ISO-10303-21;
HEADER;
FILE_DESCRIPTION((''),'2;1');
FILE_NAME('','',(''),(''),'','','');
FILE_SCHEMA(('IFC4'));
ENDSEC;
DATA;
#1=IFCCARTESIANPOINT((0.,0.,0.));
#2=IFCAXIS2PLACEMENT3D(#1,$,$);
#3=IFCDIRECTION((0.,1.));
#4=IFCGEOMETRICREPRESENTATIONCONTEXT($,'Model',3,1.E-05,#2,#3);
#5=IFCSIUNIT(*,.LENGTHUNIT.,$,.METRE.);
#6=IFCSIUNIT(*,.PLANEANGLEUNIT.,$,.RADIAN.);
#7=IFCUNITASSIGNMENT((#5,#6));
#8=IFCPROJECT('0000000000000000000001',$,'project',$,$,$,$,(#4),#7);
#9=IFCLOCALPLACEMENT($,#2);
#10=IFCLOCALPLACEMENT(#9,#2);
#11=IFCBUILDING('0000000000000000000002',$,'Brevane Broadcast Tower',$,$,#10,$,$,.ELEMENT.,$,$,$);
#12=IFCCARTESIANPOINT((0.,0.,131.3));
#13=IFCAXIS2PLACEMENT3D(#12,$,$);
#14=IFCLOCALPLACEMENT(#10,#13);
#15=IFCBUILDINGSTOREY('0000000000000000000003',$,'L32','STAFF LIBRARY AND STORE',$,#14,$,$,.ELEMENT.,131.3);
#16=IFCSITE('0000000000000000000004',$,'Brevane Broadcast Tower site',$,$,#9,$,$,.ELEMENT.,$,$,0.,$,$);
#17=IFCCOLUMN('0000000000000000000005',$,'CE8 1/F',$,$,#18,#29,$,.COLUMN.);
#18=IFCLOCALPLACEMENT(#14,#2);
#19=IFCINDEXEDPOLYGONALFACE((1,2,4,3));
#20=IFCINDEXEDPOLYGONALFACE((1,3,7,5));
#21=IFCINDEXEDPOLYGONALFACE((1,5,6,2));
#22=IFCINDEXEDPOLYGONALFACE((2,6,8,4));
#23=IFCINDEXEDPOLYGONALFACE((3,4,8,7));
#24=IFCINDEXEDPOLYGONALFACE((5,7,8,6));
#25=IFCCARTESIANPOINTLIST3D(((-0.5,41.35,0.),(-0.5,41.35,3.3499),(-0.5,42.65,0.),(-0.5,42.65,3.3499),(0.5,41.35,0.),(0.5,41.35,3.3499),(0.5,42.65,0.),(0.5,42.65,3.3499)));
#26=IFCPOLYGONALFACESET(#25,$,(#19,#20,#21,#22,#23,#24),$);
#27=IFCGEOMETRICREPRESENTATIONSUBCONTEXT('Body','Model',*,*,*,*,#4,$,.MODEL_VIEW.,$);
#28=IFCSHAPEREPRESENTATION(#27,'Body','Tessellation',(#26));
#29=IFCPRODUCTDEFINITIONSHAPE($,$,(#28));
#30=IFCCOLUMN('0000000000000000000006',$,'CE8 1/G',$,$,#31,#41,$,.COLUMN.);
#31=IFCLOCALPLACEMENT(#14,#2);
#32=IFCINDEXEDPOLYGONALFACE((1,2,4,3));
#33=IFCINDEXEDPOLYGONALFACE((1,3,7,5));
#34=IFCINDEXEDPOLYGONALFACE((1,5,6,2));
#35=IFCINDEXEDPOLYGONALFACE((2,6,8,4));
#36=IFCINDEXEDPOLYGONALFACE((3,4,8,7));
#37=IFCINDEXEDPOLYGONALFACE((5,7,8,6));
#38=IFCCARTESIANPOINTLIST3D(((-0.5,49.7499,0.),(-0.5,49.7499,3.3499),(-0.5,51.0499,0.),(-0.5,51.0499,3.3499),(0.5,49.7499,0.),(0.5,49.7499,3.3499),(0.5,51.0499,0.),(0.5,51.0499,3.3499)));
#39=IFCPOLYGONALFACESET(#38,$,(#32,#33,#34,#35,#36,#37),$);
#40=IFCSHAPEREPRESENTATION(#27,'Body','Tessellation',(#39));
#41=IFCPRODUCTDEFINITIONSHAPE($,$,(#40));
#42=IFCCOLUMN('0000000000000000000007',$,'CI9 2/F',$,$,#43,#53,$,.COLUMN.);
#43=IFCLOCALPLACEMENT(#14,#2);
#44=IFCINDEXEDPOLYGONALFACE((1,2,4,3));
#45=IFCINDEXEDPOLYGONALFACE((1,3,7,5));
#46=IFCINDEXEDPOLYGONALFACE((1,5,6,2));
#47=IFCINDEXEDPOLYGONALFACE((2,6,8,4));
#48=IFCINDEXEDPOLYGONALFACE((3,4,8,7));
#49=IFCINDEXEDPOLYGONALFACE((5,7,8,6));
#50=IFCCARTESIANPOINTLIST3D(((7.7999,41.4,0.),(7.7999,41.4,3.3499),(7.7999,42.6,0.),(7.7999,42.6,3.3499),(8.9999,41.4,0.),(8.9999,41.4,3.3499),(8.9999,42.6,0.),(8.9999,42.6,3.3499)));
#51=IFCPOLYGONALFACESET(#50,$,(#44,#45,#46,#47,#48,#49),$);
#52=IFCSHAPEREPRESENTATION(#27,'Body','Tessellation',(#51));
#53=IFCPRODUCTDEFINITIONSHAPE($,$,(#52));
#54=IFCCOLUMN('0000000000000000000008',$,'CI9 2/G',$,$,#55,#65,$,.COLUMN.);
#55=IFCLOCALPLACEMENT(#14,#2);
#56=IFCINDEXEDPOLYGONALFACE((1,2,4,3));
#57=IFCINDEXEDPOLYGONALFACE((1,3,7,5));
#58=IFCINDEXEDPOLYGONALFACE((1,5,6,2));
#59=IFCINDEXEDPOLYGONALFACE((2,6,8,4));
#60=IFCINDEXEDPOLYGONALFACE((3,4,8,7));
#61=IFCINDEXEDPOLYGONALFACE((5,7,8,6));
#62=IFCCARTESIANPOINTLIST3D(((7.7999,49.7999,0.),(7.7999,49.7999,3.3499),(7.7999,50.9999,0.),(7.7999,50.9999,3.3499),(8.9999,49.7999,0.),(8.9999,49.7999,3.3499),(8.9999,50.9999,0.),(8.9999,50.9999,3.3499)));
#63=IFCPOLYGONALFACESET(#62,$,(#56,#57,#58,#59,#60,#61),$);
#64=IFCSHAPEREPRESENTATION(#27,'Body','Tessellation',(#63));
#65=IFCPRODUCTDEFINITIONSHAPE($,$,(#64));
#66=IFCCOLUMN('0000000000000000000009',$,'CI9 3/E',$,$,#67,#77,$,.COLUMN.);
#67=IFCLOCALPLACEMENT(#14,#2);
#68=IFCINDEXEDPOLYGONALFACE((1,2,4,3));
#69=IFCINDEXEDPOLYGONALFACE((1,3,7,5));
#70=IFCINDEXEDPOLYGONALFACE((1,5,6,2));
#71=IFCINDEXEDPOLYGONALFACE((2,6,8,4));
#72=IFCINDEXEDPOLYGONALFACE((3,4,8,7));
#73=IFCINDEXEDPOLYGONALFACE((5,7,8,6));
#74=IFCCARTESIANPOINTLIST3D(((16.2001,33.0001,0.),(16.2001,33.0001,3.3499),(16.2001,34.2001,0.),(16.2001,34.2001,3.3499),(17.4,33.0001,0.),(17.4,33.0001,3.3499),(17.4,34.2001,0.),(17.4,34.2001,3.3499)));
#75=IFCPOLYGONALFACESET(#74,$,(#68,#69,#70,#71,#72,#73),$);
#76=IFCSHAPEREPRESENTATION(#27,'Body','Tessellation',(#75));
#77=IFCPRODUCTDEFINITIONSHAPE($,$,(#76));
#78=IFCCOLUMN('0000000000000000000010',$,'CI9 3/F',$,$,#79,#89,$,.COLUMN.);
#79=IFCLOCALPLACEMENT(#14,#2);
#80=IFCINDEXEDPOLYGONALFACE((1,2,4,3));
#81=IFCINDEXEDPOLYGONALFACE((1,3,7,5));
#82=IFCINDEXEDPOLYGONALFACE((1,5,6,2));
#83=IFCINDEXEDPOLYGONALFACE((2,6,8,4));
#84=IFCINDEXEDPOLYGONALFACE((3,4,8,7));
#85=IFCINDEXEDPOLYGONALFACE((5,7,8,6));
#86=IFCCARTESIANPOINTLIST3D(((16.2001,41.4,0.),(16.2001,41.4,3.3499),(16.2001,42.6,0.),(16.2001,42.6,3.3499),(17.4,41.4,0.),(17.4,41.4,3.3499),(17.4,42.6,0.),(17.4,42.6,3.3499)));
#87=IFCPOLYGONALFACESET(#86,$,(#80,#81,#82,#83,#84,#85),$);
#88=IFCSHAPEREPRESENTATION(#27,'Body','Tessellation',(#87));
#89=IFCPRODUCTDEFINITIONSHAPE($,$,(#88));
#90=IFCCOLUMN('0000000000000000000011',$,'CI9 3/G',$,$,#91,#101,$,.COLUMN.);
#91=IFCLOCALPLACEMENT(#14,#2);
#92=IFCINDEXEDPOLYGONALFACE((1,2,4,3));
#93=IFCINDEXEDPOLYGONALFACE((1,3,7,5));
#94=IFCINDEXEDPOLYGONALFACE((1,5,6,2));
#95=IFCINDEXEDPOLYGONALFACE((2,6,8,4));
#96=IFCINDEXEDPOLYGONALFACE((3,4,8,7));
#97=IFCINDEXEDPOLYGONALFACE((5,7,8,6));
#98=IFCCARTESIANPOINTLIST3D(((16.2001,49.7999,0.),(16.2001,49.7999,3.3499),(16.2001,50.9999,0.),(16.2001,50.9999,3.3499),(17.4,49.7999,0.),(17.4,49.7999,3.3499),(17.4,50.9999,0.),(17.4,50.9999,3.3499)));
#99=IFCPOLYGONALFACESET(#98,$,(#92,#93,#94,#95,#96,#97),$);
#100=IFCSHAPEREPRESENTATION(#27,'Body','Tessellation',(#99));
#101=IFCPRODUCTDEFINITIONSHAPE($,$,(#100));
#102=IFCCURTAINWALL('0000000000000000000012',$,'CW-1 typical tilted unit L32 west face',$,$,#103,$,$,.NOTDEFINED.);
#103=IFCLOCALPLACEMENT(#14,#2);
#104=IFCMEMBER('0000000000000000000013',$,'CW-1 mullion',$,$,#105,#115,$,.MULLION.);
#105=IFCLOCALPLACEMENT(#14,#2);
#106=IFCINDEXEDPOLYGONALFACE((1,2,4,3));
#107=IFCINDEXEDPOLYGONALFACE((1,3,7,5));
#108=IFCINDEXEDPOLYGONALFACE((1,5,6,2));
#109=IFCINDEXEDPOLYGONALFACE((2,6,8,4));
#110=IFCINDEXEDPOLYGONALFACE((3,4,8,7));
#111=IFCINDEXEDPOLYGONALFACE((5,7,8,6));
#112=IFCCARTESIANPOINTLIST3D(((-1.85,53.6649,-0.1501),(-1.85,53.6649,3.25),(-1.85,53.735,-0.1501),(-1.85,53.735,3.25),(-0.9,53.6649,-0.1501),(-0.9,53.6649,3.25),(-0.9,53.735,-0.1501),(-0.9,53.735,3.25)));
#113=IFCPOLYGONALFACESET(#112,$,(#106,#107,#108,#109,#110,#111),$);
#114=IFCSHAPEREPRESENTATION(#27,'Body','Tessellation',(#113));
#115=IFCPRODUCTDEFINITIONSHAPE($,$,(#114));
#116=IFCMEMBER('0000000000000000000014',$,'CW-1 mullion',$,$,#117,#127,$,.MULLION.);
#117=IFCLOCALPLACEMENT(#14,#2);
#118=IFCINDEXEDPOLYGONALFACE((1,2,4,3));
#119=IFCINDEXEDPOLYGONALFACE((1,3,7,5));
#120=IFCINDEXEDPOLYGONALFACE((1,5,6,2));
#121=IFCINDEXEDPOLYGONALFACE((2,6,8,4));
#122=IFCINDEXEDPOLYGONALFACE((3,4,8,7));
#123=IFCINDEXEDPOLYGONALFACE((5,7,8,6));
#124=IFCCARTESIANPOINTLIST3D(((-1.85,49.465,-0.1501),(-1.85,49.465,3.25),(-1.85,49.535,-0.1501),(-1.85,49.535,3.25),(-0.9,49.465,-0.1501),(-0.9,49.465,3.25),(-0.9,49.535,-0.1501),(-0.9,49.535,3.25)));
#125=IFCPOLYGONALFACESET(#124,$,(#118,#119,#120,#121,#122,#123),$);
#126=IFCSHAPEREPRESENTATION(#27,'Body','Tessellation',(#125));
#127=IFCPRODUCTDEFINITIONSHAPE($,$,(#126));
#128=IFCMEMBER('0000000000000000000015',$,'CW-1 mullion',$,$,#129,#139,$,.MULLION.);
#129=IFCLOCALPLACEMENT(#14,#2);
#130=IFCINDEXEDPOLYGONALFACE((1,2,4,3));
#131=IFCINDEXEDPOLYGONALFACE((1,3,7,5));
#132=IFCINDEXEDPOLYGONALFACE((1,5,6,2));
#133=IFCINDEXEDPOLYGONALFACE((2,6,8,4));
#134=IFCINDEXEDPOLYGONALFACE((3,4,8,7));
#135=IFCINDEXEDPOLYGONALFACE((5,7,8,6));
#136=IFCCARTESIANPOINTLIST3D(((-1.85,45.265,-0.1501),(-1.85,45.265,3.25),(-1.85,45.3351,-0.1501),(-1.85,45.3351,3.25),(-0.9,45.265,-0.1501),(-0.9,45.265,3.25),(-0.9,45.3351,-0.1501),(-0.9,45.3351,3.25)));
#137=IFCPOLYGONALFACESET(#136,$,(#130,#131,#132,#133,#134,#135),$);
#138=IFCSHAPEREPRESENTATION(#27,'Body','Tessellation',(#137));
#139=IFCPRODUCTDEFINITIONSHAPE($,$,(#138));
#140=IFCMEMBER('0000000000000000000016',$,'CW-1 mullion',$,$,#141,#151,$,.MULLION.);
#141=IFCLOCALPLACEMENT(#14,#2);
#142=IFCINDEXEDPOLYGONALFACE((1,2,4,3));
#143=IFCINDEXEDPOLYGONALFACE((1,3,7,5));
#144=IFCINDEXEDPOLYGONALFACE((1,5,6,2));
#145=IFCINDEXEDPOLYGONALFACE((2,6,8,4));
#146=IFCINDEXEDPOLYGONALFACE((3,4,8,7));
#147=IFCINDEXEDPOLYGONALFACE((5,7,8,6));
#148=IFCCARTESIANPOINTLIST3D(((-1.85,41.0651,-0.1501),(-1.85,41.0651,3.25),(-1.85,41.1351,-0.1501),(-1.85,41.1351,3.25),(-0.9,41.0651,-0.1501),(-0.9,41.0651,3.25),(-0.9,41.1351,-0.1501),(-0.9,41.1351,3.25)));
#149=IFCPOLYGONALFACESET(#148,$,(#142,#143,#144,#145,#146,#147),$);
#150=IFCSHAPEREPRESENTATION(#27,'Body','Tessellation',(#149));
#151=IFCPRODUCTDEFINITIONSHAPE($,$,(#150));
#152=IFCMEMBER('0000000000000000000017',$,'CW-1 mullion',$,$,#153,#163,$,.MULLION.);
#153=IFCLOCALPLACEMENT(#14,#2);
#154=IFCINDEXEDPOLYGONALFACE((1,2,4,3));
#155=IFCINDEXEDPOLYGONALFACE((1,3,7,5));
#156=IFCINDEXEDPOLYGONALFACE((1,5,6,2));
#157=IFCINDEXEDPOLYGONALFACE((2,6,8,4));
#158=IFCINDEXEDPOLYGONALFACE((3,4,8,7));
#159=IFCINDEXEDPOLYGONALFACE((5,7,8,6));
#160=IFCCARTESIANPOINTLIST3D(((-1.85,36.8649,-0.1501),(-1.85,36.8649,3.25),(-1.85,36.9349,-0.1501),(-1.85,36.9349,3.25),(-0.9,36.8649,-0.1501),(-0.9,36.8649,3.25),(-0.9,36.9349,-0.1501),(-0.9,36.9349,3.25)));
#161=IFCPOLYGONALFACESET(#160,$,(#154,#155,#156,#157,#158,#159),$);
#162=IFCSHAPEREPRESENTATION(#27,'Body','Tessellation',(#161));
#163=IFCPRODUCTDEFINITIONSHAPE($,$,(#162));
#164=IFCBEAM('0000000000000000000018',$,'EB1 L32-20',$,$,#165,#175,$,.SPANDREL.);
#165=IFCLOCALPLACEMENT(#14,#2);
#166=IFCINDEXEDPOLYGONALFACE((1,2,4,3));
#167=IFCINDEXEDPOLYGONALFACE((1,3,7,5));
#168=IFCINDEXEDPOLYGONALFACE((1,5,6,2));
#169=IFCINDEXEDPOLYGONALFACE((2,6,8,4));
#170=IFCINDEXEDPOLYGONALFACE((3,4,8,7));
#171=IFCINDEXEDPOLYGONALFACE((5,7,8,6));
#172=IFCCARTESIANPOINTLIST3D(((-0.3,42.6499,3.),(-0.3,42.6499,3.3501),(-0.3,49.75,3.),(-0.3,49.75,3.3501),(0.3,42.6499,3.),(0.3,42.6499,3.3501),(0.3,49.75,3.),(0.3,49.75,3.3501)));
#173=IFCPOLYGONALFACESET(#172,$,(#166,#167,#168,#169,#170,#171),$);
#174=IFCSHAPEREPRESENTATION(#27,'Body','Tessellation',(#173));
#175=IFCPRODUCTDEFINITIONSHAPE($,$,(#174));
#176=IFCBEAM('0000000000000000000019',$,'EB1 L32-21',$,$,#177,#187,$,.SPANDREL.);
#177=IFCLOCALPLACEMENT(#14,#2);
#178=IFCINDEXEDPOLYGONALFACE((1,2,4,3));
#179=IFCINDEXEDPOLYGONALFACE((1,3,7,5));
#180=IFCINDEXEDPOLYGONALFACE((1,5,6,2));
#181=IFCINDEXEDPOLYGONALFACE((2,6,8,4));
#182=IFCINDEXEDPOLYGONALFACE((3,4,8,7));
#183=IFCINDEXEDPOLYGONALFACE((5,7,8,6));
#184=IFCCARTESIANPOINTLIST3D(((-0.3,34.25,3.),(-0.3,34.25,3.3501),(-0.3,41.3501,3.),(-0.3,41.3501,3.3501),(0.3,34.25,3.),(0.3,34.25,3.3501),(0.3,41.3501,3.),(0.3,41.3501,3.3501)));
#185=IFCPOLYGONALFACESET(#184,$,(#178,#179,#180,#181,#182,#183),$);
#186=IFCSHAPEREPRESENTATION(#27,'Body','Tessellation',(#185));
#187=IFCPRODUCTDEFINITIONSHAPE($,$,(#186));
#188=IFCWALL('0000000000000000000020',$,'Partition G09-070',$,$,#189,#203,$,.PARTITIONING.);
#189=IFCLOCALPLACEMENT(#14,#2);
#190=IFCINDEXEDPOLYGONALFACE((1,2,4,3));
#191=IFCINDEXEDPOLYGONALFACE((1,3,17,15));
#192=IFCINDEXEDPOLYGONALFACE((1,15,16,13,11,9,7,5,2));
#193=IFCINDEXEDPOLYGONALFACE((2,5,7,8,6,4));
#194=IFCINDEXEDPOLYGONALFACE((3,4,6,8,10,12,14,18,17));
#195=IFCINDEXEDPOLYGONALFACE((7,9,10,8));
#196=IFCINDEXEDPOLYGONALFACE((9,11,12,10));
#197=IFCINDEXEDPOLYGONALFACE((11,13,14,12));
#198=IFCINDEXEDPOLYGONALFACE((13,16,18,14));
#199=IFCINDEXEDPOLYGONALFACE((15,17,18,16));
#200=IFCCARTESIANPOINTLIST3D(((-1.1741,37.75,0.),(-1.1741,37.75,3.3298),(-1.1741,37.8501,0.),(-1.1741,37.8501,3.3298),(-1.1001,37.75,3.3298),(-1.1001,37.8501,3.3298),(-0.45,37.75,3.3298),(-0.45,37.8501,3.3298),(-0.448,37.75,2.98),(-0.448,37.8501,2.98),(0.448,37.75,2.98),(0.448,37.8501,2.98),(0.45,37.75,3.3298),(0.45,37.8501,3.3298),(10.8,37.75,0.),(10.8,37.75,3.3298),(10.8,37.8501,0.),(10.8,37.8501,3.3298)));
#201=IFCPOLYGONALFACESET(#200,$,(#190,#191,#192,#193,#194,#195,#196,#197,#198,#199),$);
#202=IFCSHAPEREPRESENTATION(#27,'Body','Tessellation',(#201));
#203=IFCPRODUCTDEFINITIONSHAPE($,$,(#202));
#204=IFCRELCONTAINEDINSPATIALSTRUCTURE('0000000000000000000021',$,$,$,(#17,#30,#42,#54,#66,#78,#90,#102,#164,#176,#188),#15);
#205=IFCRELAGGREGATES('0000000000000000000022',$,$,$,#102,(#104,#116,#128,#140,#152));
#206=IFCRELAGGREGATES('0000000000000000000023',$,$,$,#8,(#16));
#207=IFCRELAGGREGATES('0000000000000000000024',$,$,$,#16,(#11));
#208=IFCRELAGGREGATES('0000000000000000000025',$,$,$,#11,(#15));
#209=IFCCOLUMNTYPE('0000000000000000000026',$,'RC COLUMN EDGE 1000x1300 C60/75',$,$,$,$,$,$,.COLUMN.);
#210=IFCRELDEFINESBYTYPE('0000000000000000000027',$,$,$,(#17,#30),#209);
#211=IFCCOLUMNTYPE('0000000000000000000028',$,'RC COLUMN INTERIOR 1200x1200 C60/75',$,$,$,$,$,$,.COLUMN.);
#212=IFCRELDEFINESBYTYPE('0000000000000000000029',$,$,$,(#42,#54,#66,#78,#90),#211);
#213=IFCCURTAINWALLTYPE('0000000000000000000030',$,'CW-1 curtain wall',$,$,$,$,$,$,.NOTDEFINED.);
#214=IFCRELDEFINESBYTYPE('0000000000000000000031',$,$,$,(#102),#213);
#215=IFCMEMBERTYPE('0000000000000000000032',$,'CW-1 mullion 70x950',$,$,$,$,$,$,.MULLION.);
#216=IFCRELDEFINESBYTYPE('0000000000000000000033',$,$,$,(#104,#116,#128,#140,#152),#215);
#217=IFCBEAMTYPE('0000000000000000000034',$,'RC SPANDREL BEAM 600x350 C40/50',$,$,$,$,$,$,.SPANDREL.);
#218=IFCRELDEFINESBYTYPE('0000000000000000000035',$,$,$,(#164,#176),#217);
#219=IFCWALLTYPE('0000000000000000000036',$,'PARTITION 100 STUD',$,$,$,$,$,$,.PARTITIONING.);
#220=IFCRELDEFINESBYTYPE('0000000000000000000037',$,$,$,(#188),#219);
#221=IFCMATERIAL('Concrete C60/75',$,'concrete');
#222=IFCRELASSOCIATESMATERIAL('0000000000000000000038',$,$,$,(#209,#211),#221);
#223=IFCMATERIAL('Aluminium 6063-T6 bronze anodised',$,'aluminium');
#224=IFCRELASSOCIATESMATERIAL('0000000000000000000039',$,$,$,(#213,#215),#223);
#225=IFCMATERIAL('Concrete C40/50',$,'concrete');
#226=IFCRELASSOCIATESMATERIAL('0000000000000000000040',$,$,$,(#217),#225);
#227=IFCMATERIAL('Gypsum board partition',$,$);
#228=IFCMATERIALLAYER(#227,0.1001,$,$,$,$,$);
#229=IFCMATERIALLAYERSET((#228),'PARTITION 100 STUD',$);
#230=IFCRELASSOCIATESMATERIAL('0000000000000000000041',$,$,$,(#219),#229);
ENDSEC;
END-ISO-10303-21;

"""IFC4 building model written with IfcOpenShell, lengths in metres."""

from ifc_helpers import new_model, si_unit, direction, frame, origin, origin_2d, place, context, subcontext, project, spatial, polyline, rectangle, outline, extrude, material, layer, layer_set, material_profile, profile_set, type_object, element, aggregate, save


model = new_model("IFC4")

# Units and contexts
model_context = context("Model", 3, precision=1e-05, world=origin(), true_north=direction((0.0, 1.0)))
body_context = subcontext(model_context, "Body", "Model", "MODEL_VIEW")
ifc_project = project(units=[si_unit("LENGTHUNIT", "METRE"), si_unit("PLANEANGLEUNIT", "RADIAN")], contexts=[model_context])

# Site, building, storey
site_placement = place(None, origin())
site = spatial("IfcSite", under=ifc_project, at=site_placement, Name="Brevane Broadcast Tower site", CompositionType="ELEMENT", RefElevation=0.0)
building_placement = place(site_placement, origin())
building = spatial("IfcBuilding", under=site, at=building_placement, Name="Brevane Broadcast Tower", CompositionType="ELEMENT")
storey_placement = place(building_placement, frame((0.0, 0.0, 131.3)))
storey = spatial("IfcBuildingStorey", under=building, at=storey_placement, Name="L32", Description="STAFF LIBRARY AND STORE", CompositionType="ELEMENT", Elevation=131.3)

# Columns
ifc_material_1 = material(Name="Concrete C60/75", Category="concrete")
ifc_material_profile_1 = material_profile(ifc_material_1, rectangle(XDim=1.0, YDim=1.3, at=origin_2d()), Name="RC 1000x1300")
ifc_profile_set_1 = profile_set([ifc_material_profile_1], Name="Concrete C60/75")
column_type_1 = type_object("IfcColumnType", Name="RC COLUMN EDGE 1000x1300 C60/75", PredefinedType="COLUMN", material=ifc_profile_set_1)
for number, where, z_axis, x_axis, name in (
    (1, (0.0, 42.0, 0.0), (0.0, 0.0, 1.0), (1.0, 0.0, 0.0), "CE8 1/F"),
    (2, (0.0, 50.3999, 0.0), (0.0, 0.0, 1.0), (1.0, 0.0, 0.0), "CE8 1/G"),
):
    element("IfcColumn", number, at=place(storey_placement, frame(where, z_axis=z_axis, x_axis=x_axis)), inside=storey, type_object=column_type_1, Name=name, PredefinedType="COLUMN", context=body_context, shape_type="SweptSolid", body=[
        extrude(rectangle(XDim=1.0, YDim=1.3, at=origin_2d()), origin(), (0.0, 0.0, 1.0), 3.3499),
    ])
ifc_material_profile_2 = material_profile(ifc_material_1, rectangle(XDim=1.2, YDim=1.2, at=origin_2d()), Name="RC 1200x1200")
ifc_profile_set_2 = profile_set([ifc_material_profile_2], Name="Concrete C60/75")
column_type_2 = type_object("IfcColumnType", Name="RC COLUMN INTERIOR 1200x1200 C60/75", PredefinedType="COLUMN", material=ifc_profile_set_2)
for number, where, z_axis, x_axis, name in (
    (3, (8.3999, 42.0, 0.0), (0.0, 0.0, 1.0), (1.0, 0.0, 0.0), "CI9 2/F"),
    (4, (8.3999, 50.3999, 0.0), (0.0, 0.0, 1.0), (1.0, 0.0, 0.0), "CI9 2/G"),
    (5, (16.8, 33.6001, 0.0), (0.0, 0.0, 1.0), (1.0, 0.0, 0.0), "CI9 3/E"),
    (6, (16.8, 42.0, 0.0), (0.0, 0.0, 1.0), (1.0, 0.0, 0.0), "CI9 3/F"),
    (7, (16.8, 50.3999, 0.0), (0.0, 0.0, 1.0), (1.0, 0.0, 0.0), "CI9 3/G"),
):
    element("IfcColumn", number, at=place(storey_placement, frame(where, z_axis=z_axis, x_axis=x_axis)), inside=storey, type_object=column_type_2, Name=name, PredefinedType="COLUMN", context=body_context, shape_type="SweptSolid", body=[
        extrude(rectangle(XDim=1.2, YDim=1.2, at=origin_2d()), origin(), (0.0, 0.0, 1.0), 3.3499),
    ])

# Curtain wall, members
ifc_material_2 = material(Name="Aluminium 6063-T6 bronze anodised", Category="aluminium")
curtain_wall_type = type_object("IfcCurtainWallType", Name="CW-1 curtain wall", PredefinedType="NOTDEFINED", material=ifc_material_2)
curtain_wall_placement = place(storey_placement, origin())
curtain_wall = element("IfcCurtainWall", 8, at=curtain_wall_placement, inside=storey, type_object=curtain_wall_type, Name="CW-1 typical tilted unit L32 west face", PredefinedType="NOTDEFINED")
ifc_material_profile_3 = material_profile(ifc_material_2, rectangle(XDim=0.95, YDim=0.0701, at=origin_2d()), Name="RECT 70x950")
ifc_profile_set_3 = profile_set([ifc_material_profile_3], Name="Aluminium 6063-T6 bronze anodised")
member_type = type_object("IfcMemberType", Name="CW-1 mullion 70x950", PredefinedType="MULLION", material=ifc_profile_set_3)
member_1_placement = place(storey_placement, frame((-1.375, 53.7, -0.1501), z_axis=(0.0, 0.0, 1.0), x_axis=(1.0, 0.0, 0.0)))
member_1 = element("IfcMember", 9, at=member_1_placement, type_object=member_type, Name="CW-1 mullion", PredefinedType="MULLION", context=body_context, shape_type="SweptSolid", body=[
    extrude(rectangle(XDim=0.95, YDim=0.0701, at=origin_2d()), origin(), (0.0, 0.0, 1.0), 3.4001),
])
member_2_placement = place(storey_placement, frame((-1.375, 49.5, -0.1501), z_axis=(0.0, 0.0, 1.0), x_axis=(1.0, 0.0, 0.0)))
member_2 = element("IfcMember", 10, at=member_2_placement, type_object=member_type, Name="CW-1 mullion", PredefinedType="MULLION", context=body_context, shape_type="SweptSolid", body=[
    extrude(rectangle(XDim=0.95, YDim=0.0701, at=origin_2d()), origin(), (0.0, 0.0, 1.0), 3.4001),
])
member_3_placement = place(storey_placement, frame((-1.375, 45.3, -0.1501), z_axis=(0.0, 0.0, 1.0), x_axis=(1.0, 0.0, 0.0)))
member_3 = element("IfcMember", 11, at=member_3_placement, type_object=member_type, Name="CW-1 mullion", PredefinedType="MULLION", context=body_context, shape_type="SweptSolid", body=[
    extrude(rectangle(XDim=0.95, YDim=0.0701, at=origin_2d()), origin(), (0.0, 0.0, 1.0), 3.4001),
])
member_4_placement = place(storey_placement, frame((-1.375, 41.1001, -0.1501), z_axis=(0.0, 0.0, 1.0), x_axis=(1.0, 0.0, 0.0)))
member_4 = element("IfcMember", 12, at=member_4_placement, type_object=member_type, Name="CW-1 mullion", PredefinedType="MULLION", context=body_context, shape_type="SweptSolid", body=[
    extrude(rectangle(XDim=0.95, YDim=0.0701, at=origin_2d()), origin(), (0.0, 0.0, 1.0), 3.4001),
])
member_5_placement = place(storey_placement, frame((-1.375, 36.8999, -0.1501), z_axis=(0.0, 0.0, 1.0), x_axis=(1.0, 0.0, 0.0)))
member_5 = element("IfcMember", 13, at=member_5_placement, type_object=member_type, Name="CW-1 mullion", PredefinedType="MULLION", context=body_context, shape_type="SweptSolid", body=[
    extrude(rectangle(XDim=0.95, YDim=0.0701, at=origin_2d()), origin(), (0.0, 0.0, 1.0), 3.4001),
])
aggregate(curtain_wall, [member_1, member_2, member_3, member_4, member_5])

# Beams
ifc_material_3 = material(Name="Concrete C40/50", Category="concrete")
ifc_material_profile_4 = material_profile(ifc_material_3, rectangle(XDim=0.6001, YDim=0.3501, at=origin_2d()), Name="RC 600x350")
ifc_profile_set_4 = profile_set([ifc_material_profile_4], Name="Concrete C40/50")
beam_type = type_object("IfcBeamType", Name="RC SPANDREL BEAM 600x350 C40/50", PredefinedType="SPANDREL", material=ifc_profile_set_4)
for number, where, z_axis, x_axis, name in (
    (14, (0.0, 49.75, 3.175), (0.0, -1.0, 0.0), (1.0, 0.0, 0.0), "EB1 L32-20"),
    (15, (0.0, 41.3501, 3.175), (0.0, -1.0, 0.0), (1.0, 0.0, 0.0), "EB1 L32-21"),
):
    element("IfcBeam", number, at=place(storey_placement, frame(where, z_axis=z_axis, x_axis=x_axis)), inside=storey, type_object=beam_type, Name=name, PredefinedType="SPANDREL", context=body_context, shape_type="SweptSolid", body=[
        extrude(rectangle(XDim=0.6001, YDim=0.3501, at=origin_2d()), origin(), (0.0, 0.0, 1.0), 7.1001),
    ])

# Wall
ifc_material_4 = material(Name="Gypsum board partition")
ifc_layer_1 = layer(ifc_material_4, 0.1001)
ifc_layer_set_1 = layer_set([ifc_layer_1], Name="PARTITION 100 STUD")
wall_type_1 = type_object("IfcWallType", Name="PARTITION 100 STUD", PredefinedType="PARTITIONING", material=ifc_layer_set_1)
for number, where, z_axis, x_axis, name in (
    (16, (-1.1741, 37.8, 0.0), (0.0, 0.0, 1.0), (1.0, 0.0, 0.0), "Partition G09-070"),
):
    element("IfcWall", number, at=place(storey_placement, frame(where, z_axis=z_axis, x_axis=x_axis)), inside=storey, type_object=wall_type_1, Name=name, PredefinedType="PARTITIONING", context=body_context, shape_type="SweptSolid", body=[
        extrude(outline(polyline([(0.0, 0.0), (11.9741, 0.0), (11.9741, 3.3298), (1.624, 3.3298), (1.6221, 2.98), (0.7261, 2.98), (0.7241, 3.3298), (0.074, 3.3298), (0.0, 3.3298), (0.0, 0.0)])), frame((0.0, 0.05, 0.0), z_axis=(0.0, -1.0, 0.0), x_axis=(1.0, 0.0, 0.0)), (0.0, 0.0, 1.0), 0.1001),
    ])

save(model, "model.ifc")
